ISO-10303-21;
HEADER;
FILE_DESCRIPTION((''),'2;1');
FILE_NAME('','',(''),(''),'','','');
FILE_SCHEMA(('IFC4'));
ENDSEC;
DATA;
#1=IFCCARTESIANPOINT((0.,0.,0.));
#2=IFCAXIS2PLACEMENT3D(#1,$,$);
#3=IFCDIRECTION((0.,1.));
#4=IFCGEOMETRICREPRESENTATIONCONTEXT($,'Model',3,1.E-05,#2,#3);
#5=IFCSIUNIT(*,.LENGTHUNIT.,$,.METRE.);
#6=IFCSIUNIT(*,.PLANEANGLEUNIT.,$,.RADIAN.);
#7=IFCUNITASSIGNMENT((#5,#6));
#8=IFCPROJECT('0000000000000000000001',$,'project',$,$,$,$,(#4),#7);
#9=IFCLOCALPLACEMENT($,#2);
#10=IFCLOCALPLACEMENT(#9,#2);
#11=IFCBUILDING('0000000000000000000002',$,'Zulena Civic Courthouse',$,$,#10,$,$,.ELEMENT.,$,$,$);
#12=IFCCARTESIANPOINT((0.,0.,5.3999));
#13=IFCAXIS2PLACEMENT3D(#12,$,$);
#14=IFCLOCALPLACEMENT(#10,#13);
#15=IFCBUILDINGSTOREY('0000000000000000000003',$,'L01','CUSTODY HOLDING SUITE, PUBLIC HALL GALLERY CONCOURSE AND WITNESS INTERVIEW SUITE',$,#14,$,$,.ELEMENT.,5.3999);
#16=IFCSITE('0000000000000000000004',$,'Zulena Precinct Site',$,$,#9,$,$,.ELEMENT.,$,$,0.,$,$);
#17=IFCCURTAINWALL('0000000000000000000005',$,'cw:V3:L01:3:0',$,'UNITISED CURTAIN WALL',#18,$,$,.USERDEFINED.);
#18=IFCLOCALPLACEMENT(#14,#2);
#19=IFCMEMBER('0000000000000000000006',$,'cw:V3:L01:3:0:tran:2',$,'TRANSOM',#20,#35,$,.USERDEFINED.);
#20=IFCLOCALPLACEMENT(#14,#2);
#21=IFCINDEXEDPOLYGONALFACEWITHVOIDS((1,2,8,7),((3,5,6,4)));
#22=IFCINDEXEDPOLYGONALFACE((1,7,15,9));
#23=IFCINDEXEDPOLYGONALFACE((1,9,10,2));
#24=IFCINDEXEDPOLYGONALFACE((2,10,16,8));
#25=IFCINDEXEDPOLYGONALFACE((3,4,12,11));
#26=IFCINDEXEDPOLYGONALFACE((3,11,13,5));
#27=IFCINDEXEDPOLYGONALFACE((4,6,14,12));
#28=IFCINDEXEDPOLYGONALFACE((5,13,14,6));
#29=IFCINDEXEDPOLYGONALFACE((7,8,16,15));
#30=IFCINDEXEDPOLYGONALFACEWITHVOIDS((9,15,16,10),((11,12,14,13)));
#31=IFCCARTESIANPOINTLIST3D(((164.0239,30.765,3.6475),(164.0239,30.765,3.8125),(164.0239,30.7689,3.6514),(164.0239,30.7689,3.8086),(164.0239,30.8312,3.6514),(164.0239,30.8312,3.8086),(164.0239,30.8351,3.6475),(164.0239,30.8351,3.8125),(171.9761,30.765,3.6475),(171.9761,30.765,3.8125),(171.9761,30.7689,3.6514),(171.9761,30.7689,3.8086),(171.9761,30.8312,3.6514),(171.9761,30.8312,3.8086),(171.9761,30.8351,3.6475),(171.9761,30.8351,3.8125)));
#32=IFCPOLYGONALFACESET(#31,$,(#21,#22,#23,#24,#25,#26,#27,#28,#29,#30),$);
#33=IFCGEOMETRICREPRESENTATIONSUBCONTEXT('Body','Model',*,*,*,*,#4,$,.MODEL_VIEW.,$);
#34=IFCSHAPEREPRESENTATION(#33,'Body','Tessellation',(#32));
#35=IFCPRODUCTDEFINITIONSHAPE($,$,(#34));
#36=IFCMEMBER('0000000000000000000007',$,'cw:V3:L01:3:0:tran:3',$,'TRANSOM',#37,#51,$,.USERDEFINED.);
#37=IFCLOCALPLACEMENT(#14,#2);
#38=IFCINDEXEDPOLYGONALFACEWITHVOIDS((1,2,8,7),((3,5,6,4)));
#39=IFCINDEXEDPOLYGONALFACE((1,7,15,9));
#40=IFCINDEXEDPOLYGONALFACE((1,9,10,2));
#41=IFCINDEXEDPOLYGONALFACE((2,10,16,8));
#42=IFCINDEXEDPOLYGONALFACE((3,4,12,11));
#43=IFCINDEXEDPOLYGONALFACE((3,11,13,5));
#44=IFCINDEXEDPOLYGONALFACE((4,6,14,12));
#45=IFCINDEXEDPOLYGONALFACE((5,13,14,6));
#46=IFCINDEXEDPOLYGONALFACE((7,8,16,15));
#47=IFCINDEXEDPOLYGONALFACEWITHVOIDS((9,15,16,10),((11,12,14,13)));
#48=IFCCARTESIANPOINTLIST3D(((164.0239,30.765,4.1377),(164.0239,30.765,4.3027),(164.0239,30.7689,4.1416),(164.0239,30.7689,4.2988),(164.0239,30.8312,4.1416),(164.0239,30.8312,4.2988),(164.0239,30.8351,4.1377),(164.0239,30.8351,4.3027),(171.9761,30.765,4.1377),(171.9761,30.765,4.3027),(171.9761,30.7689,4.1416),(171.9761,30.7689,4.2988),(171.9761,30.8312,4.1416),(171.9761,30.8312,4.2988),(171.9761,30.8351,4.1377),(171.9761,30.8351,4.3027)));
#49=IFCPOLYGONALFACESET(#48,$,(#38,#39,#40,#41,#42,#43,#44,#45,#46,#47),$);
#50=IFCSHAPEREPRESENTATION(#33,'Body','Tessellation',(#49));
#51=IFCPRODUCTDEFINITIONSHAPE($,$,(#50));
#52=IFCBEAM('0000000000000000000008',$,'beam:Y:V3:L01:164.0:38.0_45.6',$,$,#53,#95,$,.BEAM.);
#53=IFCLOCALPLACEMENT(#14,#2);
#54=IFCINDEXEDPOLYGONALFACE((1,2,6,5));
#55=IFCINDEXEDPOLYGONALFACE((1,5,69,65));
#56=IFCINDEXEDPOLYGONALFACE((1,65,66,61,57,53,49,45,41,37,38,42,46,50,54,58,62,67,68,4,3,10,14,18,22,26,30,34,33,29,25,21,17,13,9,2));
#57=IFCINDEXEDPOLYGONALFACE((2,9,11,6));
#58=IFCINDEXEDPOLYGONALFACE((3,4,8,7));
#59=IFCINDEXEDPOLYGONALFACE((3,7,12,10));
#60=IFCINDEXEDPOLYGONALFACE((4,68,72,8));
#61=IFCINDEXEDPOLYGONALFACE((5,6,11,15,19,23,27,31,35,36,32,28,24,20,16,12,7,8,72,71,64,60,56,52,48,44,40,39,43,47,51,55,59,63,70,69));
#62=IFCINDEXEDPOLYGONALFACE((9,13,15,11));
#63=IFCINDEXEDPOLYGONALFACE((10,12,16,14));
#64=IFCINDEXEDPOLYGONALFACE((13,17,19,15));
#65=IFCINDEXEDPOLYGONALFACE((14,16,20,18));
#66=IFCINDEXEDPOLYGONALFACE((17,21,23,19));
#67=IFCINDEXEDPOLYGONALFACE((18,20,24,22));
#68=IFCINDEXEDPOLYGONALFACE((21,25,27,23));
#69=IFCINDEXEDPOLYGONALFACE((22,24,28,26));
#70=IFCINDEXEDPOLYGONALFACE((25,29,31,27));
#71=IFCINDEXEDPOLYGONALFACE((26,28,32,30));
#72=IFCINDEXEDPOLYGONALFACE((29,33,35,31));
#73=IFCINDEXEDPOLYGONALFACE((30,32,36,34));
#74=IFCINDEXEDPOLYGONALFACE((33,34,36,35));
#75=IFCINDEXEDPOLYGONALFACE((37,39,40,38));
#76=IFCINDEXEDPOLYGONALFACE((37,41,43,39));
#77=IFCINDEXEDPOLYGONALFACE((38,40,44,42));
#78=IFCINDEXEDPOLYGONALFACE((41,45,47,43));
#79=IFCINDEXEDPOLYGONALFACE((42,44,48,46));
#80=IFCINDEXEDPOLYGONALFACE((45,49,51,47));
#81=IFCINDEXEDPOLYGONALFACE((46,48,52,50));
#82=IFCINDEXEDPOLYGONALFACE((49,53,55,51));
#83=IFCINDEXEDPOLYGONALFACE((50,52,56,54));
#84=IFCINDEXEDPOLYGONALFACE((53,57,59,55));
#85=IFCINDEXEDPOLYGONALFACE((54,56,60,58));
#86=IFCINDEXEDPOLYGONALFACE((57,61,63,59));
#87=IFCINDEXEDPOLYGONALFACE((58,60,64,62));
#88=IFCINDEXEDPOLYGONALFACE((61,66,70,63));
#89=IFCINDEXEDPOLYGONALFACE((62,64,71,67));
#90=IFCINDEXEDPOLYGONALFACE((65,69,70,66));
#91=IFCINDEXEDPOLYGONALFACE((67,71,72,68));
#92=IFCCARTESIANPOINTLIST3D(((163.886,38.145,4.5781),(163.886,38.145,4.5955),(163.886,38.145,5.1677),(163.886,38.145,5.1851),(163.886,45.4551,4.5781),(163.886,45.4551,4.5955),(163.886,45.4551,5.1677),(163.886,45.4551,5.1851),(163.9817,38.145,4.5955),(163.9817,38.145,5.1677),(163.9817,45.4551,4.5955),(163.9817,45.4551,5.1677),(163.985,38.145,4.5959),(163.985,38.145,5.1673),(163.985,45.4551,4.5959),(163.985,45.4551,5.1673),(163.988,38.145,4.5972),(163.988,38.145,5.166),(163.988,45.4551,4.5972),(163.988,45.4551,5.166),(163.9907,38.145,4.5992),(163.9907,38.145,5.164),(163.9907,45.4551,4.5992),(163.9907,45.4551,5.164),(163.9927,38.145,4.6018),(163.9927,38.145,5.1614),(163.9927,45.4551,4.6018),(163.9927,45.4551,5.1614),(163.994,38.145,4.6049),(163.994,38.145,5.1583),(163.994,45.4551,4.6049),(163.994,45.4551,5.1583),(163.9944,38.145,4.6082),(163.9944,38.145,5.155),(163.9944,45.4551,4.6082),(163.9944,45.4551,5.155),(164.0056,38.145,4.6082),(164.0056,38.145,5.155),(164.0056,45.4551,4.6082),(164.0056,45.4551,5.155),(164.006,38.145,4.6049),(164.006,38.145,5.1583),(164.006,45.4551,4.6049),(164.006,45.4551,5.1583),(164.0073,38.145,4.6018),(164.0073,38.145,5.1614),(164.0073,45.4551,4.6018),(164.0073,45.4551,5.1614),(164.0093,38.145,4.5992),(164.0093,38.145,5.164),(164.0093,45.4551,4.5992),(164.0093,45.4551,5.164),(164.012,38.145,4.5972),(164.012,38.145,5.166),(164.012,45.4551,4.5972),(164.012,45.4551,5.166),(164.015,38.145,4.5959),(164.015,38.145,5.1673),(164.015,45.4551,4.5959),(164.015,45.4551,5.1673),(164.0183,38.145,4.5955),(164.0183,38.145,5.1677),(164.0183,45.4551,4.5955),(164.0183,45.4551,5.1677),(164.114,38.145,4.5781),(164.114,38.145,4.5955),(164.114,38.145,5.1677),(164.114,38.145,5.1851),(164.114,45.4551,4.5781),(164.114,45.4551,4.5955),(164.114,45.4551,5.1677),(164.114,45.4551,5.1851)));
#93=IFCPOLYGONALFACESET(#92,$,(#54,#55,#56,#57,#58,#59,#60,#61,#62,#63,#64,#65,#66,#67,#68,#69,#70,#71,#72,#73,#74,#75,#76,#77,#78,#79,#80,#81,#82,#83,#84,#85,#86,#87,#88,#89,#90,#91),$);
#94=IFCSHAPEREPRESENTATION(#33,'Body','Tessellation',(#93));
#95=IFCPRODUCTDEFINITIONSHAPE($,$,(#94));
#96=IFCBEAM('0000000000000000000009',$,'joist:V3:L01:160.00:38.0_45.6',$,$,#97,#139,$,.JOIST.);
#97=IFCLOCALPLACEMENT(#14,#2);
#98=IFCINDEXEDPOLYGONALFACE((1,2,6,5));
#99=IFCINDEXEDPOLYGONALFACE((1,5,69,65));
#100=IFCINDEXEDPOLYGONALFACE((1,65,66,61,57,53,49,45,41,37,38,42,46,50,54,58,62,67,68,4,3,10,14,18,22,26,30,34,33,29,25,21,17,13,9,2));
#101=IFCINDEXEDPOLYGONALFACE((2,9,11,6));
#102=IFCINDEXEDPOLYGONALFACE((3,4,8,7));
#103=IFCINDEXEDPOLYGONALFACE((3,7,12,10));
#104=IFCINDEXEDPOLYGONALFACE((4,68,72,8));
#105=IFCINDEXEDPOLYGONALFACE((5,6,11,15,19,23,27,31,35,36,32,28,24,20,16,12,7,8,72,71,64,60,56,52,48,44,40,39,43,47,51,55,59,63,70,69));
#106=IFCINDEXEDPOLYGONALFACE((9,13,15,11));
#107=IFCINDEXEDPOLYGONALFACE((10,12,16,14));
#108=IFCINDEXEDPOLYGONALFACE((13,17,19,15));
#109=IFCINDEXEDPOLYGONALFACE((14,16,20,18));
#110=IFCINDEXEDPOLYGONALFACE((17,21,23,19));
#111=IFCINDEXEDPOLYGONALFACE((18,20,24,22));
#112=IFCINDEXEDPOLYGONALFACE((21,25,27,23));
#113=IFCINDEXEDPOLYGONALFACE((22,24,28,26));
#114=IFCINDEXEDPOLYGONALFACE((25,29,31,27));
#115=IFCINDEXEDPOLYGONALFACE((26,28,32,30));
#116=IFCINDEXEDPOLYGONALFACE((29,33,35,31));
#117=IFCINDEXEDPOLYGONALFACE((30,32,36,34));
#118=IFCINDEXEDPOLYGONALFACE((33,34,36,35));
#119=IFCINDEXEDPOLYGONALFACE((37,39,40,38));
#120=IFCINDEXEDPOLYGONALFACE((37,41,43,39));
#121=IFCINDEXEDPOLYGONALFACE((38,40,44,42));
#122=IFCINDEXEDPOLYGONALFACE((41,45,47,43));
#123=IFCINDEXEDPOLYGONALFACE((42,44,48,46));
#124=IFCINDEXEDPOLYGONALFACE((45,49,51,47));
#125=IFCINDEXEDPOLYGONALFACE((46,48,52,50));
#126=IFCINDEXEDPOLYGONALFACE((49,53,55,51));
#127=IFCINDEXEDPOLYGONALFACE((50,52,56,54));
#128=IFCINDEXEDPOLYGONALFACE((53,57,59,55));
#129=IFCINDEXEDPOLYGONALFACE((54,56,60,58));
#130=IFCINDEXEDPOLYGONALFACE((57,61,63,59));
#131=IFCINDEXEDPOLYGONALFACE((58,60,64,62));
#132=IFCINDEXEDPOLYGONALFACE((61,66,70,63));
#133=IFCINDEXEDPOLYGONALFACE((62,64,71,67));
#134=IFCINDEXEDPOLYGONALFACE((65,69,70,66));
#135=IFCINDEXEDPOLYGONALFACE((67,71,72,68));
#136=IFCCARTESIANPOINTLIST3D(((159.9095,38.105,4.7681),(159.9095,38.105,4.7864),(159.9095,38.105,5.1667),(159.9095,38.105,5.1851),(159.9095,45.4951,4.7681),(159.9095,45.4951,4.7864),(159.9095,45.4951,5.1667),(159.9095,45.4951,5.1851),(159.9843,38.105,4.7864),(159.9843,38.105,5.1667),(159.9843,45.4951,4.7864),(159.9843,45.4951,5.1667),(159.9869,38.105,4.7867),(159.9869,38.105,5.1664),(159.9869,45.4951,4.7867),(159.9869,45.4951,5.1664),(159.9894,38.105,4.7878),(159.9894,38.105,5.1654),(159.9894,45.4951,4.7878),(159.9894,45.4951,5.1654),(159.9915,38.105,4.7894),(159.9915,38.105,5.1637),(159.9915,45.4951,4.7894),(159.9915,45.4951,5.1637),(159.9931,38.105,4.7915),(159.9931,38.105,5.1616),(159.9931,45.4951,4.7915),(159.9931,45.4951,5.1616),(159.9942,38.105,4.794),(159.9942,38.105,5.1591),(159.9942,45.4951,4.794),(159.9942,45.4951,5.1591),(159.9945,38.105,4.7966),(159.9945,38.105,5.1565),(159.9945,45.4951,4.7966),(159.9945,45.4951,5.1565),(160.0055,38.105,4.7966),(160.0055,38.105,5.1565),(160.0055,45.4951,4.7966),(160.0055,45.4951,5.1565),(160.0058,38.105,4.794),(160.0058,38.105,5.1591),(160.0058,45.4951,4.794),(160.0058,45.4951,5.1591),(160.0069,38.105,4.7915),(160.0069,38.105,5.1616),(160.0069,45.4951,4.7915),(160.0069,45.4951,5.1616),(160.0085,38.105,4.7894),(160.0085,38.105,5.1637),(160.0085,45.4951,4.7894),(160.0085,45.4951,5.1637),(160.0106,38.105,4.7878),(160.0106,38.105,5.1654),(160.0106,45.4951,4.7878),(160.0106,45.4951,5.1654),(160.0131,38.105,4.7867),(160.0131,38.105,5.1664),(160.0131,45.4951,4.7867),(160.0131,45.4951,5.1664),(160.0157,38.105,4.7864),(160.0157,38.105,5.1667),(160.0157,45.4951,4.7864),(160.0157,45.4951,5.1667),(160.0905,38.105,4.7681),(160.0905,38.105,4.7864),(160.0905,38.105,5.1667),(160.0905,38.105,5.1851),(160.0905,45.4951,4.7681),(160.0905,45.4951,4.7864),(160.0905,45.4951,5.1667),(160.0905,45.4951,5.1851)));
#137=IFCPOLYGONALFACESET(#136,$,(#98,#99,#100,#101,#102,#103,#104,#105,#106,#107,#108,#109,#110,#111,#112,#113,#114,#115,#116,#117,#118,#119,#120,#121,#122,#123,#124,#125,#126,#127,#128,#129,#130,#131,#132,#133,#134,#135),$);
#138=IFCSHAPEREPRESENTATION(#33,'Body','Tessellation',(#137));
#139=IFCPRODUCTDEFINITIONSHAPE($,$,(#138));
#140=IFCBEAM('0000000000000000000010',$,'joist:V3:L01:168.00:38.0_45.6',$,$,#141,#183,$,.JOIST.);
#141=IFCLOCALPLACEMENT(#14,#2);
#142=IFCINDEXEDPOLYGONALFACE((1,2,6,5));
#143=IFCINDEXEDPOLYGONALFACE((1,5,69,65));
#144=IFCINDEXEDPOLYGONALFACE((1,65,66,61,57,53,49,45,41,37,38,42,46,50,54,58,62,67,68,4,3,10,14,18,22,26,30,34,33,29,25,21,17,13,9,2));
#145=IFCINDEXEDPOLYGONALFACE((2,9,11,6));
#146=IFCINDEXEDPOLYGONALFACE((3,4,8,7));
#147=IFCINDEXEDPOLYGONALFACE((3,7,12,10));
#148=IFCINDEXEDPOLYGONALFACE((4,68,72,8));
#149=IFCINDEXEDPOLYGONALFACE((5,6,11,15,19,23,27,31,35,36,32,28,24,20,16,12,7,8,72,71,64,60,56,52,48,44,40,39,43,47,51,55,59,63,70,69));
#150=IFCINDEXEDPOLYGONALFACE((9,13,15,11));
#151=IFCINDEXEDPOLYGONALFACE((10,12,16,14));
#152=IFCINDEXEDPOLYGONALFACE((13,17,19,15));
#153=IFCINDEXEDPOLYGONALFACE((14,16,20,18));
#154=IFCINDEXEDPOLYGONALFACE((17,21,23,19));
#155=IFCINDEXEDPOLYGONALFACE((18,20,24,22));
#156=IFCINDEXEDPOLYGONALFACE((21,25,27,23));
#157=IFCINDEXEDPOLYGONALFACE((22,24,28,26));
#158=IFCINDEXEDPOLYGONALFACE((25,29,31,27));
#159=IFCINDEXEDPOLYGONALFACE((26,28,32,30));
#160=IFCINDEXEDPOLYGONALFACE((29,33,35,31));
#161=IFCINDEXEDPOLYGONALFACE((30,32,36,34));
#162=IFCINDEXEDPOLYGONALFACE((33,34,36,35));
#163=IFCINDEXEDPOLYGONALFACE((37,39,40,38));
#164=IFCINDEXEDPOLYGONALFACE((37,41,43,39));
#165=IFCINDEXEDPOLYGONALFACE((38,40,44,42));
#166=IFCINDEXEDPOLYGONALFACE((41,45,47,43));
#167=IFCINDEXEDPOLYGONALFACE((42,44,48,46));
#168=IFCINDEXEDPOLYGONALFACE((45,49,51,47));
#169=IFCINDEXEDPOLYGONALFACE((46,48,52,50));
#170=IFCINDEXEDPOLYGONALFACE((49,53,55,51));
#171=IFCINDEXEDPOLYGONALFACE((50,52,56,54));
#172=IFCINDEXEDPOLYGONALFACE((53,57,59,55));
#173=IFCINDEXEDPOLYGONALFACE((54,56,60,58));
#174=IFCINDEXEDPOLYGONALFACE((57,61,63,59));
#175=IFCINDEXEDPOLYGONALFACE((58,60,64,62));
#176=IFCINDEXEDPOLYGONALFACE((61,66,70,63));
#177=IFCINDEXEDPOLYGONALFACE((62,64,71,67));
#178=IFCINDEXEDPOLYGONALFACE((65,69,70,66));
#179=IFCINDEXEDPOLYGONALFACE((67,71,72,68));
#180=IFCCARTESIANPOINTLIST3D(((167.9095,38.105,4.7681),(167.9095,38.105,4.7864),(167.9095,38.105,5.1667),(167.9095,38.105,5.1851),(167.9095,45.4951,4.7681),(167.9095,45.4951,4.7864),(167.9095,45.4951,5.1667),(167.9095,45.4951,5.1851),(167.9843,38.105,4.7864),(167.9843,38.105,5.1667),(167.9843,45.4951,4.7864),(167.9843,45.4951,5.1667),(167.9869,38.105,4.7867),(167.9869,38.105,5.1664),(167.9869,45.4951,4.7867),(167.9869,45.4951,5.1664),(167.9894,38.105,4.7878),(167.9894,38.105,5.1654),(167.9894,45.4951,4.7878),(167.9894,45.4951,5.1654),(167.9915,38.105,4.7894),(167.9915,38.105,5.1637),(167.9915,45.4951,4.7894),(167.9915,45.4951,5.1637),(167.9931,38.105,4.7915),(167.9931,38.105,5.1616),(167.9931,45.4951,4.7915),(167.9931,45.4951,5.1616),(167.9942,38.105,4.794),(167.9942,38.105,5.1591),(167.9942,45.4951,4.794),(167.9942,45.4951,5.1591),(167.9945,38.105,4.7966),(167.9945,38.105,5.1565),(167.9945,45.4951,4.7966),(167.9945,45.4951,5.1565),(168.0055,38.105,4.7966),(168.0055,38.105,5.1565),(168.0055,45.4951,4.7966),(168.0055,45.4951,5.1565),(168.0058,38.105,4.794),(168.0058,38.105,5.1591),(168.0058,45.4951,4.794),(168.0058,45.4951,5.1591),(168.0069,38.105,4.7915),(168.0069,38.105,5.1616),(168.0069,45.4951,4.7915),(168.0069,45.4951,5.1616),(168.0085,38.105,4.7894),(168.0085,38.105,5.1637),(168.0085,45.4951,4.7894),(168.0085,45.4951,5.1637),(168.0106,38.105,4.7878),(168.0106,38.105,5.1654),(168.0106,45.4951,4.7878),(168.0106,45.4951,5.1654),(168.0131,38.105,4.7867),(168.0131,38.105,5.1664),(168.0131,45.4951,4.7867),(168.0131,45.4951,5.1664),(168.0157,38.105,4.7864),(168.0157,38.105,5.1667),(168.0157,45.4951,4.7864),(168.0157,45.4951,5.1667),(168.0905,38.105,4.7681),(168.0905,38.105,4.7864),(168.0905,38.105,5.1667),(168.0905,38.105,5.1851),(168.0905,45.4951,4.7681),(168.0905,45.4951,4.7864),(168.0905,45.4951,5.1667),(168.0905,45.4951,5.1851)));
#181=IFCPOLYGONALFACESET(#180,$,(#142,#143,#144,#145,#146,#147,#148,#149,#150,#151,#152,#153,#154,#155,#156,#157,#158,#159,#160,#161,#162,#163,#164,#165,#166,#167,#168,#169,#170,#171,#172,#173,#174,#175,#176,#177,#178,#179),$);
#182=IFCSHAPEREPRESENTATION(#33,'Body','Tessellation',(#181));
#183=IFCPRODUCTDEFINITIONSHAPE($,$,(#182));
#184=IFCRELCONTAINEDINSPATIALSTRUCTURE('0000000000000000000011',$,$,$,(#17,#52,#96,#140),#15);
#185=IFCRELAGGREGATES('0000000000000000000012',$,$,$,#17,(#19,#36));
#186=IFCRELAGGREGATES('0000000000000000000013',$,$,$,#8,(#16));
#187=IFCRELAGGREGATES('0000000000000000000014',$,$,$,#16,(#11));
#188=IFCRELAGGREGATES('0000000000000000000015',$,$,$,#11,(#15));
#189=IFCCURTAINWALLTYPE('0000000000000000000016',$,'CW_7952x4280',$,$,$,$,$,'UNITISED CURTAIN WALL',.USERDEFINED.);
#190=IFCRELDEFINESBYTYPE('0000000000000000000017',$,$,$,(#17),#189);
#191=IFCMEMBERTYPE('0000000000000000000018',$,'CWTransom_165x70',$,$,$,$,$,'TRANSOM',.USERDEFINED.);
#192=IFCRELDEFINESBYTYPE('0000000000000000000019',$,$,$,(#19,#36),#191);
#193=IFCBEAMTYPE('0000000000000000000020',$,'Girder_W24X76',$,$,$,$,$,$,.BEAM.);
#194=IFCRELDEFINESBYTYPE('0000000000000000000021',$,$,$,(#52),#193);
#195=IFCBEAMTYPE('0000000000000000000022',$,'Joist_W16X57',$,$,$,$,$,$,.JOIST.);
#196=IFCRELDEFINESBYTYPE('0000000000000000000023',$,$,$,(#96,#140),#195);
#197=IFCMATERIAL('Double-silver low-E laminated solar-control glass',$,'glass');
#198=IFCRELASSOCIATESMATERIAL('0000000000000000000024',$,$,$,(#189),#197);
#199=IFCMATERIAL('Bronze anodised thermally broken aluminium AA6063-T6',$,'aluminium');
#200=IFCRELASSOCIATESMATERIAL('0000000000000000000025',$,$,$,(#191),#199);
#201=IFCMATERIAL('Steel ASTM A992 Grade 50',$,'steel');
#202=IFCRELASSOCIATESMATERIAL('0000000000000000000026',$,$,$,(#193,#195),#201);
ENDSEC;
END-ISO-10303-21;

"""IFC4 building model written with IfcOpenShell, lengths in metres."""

from ifc_helpers import new_model, si_unit, direction, frame, origin, origin_2d, place, context, subcontext, project, spatial, hollow_rectangle, i_section, extrude, material, material_profile, profile_set, type_object, element, aggregate, save


model = new_model("IFC4")

# Units and contexts
model_context = context("Model", 3, precision=1e-05, world=origin(), true_north=direction((0.0, 1.0)))
body_context = subcontext(model_context, "Body", "Model", "MODEL_VIEW")
ifc_project = project(units=[si_unit("LENGTHUNIT", "METRE"), si_unit("PLANEANGLEUNIT", "RADIAN")], contexts=[model_context])

# Site, building, storey
site_placement = place(None, origin())
site = spatial("IfcSite", under=ifc_project, at=site_placement, Name="Zulena Precinct Site", CompositionType="ELEMENT", RefElevation=0.0)
building_placement = place(site_placement, origin())
building = spatial("IfcBuilding", under=site, at=building_placement, Name="Zulena Civic Courthouse", CompositionType="ELEMENT")
storey_placement = place(building_placement, frame((0.0, 0.0, 5.3999)))
storey = spatial("IfcBuildingStorey", under=building, at=storey_placement, Name="L01", Description="CUSTODY HOLDING SUITE, PUBLIC HALL GALLERY CONCOURSE AND WITNESS INTERVIEW SUITE", CompositionType="ELEMENT", Elevation=5.3999)

# Shared definitions
ifc_material_1 = material(Name="Steel ASTM A992 Grade 50", Category="steel")

# Curtain wall, members
ifc_material_2 = material(Name="Double-silver low-E laminated solar-control glass", Category="glass")
curtain_wall_type = type_object("IfcCurtainWallType", Name="CW_7952x4280", ElementType="UNITISED CURTAIN WALL", PredefinedType="USERDEFINED", material=ifc_material_2)
curtain_wall_placement = place(storey_placement, origin())
curtain_wall = element("IfcCurtainWall", 1, at=curtain_wall_placement, inside=storey, type_object=curtain_wall_type, Name="cw:V3:L01:3:0", ObjectType="UNITISED CURTAIN WALL", PredefinedType="USERDEFINED")
ifc_material_3 = material(Name="Bronze anodised thermally broken aluminium AA6063-T6", Category="aluminium")
ifc_material_profile_1 = material_profile(ifc_material_3, hollow_rectangle(XDim=0.0701, YDim=0.165, WallThickness=0.0039, at=origin_2d()), Name="CWT165X70X4")
ifc_profile_set_1 = profile_set([ifc_material_profile_1], Name="Bronze anodised thermally broken aluminium AA6063-T6")
member_type = type_object("IfcMemberType", Name="CWTransom_165x70", ElementType="TRANSOM", PredefinedType="USERDEFINED", material=ifc_profile_set_1)
member_1_placement = place(storey_placement, frame((171.9761, 30.8, 3.73), z_axis=(-1.0, 0.0, 0.0), x_axis=(0.0, -1.0, 0.0)))
member_1 = element("IfcMember", 2, at=member_1_placement, type_object=member_type, Name="cw:V3:L01:3:0:tran:2", ObjectType="TRANSOM", PredefinedType="USERDEFINED", context=body_context, shape_type="SweptSolid", body=[
    extrude(hollow_rectangle(XDim=0.0701, YDim=0.165, WallThickness=0.0039, at=origin_2d()), origin(), (0.0, 0.0, 1.0), 7.9521),
])
member_2_placement = place(storey_placement, frame((171.9761, 30.8, 4.2202), z_axis=(-1.0, 0.0, 0.0), x_axis=(0.0, -1.0, 0.0)))
member_2 = element("IfcMember", 3, at=member_2_placement, type_object=member_type, Name="cw:V3:L01:3:0:tran:3", ObjectType="TRANSOM", PredefinedType="USERDEFINED", context=body_context, shape_type="SweptSolid", body=[
    extrude(hollow_rectangle(XDim=0.0701, YDim=0.165, WallThickness=0.0039, at=origin_2d()), origin(), (0.0, 0.0, 1.0), 7.9521),
])
aggregate(curtain_wall, [member_1, member_2])

# Beams
ifc_material_profile_2 = material_profile(ifc_material_1, i_section(OverallWidth=0.228, OverallDepth=0.6069, WebThickness=0.0112, FlangeThickness=0.0173, FilletRadius=0.0127, at=origin_2d()), Name="W24X76")
ifc_profile_set_2 = profile_set([ifc_material_profile_2], Name="Steel ASTM A992 Grade 50")
beam_type_1 = type_object("IfcBeamType", Name="Girder_W24X76", PredefinedType="BEAM", material=ifc_profile_set_2)
beam_1_placement = place(storey_placement, frame((164.0, 38.145, 4.8816), z_axis=(0.0, 1.0, 0.0), x_axis=(-1.0, 0.0, 0.0)))
element("IfcBeam", 4, at=beam_1_placement, inside=storey, type_object=beam_type_1, Name="beam:Y:V3:L01:164.0:38.0_45.6", PredefinedType="BEAM", context=body_context, shape_type="SweptSolid", body=[
    extrude(i_section(OverallWidth=0.228, OverallDepth=0.6069, WebThickness=0.0112, FlangeThickness=0.0173, FilletRadius=0.0127, at=origin_2d()), origin(), (0.0, 0.0, 1.0), 7.3101),
])
ifc_material_profile_3 = material_profile(ifc_material_1, i_section(OverallWidth=0.1809, OverallDepth=0.417, WebThickness=0.011, FlangeThickness=0.0183, FilletRadius=0.0103, at=origin_2d()), Name="W16X57")
ifc_profile_set_3 = profile_set([ifc_material_profile_3], Name="Steel ASTM A992 Grade 50")
beam_type_2 = type_object("IfcBeamType", Name="Joist_W16X57", PredefinedType="JOIST", material=ifc_profile_set_3)
for number, where, z_axis, x_axis, name in (
    (5, (160.0, 38.105, 4.9766), (0.0, 1.0, 0.0), (-1.0, 0.0, 0.0), "joist:V3:L01:160.00:38.0_45.6"),
    (6, (168.0, 38.105, 4.9766), (0.0, 1.0, 0.0), (-1.0, 0.0, 0.0), "joist:V3:L01:168.00:38.0_45.6"),
):
    element("IfcBeam", number, at=place(storey_placement, frame(where, z_axis=z_axis, x_axis=x_axis)), inside=storey, type_object=beam_type_2, Name=name, PredefinedType="JOIST", context=body_context, shape_type="SweptSolid", body=[
        extrude(i_section(OverallWidth=0.1809, OverallDepth=0.417, WebThickness=0.011, FlangeThickness=0.0183, FilletRadius=0.0103, at=origin_2d()), origin(), (0.0, 0.0, 1.0), 7.3901),
    ])

save(model, "model.ifc")
